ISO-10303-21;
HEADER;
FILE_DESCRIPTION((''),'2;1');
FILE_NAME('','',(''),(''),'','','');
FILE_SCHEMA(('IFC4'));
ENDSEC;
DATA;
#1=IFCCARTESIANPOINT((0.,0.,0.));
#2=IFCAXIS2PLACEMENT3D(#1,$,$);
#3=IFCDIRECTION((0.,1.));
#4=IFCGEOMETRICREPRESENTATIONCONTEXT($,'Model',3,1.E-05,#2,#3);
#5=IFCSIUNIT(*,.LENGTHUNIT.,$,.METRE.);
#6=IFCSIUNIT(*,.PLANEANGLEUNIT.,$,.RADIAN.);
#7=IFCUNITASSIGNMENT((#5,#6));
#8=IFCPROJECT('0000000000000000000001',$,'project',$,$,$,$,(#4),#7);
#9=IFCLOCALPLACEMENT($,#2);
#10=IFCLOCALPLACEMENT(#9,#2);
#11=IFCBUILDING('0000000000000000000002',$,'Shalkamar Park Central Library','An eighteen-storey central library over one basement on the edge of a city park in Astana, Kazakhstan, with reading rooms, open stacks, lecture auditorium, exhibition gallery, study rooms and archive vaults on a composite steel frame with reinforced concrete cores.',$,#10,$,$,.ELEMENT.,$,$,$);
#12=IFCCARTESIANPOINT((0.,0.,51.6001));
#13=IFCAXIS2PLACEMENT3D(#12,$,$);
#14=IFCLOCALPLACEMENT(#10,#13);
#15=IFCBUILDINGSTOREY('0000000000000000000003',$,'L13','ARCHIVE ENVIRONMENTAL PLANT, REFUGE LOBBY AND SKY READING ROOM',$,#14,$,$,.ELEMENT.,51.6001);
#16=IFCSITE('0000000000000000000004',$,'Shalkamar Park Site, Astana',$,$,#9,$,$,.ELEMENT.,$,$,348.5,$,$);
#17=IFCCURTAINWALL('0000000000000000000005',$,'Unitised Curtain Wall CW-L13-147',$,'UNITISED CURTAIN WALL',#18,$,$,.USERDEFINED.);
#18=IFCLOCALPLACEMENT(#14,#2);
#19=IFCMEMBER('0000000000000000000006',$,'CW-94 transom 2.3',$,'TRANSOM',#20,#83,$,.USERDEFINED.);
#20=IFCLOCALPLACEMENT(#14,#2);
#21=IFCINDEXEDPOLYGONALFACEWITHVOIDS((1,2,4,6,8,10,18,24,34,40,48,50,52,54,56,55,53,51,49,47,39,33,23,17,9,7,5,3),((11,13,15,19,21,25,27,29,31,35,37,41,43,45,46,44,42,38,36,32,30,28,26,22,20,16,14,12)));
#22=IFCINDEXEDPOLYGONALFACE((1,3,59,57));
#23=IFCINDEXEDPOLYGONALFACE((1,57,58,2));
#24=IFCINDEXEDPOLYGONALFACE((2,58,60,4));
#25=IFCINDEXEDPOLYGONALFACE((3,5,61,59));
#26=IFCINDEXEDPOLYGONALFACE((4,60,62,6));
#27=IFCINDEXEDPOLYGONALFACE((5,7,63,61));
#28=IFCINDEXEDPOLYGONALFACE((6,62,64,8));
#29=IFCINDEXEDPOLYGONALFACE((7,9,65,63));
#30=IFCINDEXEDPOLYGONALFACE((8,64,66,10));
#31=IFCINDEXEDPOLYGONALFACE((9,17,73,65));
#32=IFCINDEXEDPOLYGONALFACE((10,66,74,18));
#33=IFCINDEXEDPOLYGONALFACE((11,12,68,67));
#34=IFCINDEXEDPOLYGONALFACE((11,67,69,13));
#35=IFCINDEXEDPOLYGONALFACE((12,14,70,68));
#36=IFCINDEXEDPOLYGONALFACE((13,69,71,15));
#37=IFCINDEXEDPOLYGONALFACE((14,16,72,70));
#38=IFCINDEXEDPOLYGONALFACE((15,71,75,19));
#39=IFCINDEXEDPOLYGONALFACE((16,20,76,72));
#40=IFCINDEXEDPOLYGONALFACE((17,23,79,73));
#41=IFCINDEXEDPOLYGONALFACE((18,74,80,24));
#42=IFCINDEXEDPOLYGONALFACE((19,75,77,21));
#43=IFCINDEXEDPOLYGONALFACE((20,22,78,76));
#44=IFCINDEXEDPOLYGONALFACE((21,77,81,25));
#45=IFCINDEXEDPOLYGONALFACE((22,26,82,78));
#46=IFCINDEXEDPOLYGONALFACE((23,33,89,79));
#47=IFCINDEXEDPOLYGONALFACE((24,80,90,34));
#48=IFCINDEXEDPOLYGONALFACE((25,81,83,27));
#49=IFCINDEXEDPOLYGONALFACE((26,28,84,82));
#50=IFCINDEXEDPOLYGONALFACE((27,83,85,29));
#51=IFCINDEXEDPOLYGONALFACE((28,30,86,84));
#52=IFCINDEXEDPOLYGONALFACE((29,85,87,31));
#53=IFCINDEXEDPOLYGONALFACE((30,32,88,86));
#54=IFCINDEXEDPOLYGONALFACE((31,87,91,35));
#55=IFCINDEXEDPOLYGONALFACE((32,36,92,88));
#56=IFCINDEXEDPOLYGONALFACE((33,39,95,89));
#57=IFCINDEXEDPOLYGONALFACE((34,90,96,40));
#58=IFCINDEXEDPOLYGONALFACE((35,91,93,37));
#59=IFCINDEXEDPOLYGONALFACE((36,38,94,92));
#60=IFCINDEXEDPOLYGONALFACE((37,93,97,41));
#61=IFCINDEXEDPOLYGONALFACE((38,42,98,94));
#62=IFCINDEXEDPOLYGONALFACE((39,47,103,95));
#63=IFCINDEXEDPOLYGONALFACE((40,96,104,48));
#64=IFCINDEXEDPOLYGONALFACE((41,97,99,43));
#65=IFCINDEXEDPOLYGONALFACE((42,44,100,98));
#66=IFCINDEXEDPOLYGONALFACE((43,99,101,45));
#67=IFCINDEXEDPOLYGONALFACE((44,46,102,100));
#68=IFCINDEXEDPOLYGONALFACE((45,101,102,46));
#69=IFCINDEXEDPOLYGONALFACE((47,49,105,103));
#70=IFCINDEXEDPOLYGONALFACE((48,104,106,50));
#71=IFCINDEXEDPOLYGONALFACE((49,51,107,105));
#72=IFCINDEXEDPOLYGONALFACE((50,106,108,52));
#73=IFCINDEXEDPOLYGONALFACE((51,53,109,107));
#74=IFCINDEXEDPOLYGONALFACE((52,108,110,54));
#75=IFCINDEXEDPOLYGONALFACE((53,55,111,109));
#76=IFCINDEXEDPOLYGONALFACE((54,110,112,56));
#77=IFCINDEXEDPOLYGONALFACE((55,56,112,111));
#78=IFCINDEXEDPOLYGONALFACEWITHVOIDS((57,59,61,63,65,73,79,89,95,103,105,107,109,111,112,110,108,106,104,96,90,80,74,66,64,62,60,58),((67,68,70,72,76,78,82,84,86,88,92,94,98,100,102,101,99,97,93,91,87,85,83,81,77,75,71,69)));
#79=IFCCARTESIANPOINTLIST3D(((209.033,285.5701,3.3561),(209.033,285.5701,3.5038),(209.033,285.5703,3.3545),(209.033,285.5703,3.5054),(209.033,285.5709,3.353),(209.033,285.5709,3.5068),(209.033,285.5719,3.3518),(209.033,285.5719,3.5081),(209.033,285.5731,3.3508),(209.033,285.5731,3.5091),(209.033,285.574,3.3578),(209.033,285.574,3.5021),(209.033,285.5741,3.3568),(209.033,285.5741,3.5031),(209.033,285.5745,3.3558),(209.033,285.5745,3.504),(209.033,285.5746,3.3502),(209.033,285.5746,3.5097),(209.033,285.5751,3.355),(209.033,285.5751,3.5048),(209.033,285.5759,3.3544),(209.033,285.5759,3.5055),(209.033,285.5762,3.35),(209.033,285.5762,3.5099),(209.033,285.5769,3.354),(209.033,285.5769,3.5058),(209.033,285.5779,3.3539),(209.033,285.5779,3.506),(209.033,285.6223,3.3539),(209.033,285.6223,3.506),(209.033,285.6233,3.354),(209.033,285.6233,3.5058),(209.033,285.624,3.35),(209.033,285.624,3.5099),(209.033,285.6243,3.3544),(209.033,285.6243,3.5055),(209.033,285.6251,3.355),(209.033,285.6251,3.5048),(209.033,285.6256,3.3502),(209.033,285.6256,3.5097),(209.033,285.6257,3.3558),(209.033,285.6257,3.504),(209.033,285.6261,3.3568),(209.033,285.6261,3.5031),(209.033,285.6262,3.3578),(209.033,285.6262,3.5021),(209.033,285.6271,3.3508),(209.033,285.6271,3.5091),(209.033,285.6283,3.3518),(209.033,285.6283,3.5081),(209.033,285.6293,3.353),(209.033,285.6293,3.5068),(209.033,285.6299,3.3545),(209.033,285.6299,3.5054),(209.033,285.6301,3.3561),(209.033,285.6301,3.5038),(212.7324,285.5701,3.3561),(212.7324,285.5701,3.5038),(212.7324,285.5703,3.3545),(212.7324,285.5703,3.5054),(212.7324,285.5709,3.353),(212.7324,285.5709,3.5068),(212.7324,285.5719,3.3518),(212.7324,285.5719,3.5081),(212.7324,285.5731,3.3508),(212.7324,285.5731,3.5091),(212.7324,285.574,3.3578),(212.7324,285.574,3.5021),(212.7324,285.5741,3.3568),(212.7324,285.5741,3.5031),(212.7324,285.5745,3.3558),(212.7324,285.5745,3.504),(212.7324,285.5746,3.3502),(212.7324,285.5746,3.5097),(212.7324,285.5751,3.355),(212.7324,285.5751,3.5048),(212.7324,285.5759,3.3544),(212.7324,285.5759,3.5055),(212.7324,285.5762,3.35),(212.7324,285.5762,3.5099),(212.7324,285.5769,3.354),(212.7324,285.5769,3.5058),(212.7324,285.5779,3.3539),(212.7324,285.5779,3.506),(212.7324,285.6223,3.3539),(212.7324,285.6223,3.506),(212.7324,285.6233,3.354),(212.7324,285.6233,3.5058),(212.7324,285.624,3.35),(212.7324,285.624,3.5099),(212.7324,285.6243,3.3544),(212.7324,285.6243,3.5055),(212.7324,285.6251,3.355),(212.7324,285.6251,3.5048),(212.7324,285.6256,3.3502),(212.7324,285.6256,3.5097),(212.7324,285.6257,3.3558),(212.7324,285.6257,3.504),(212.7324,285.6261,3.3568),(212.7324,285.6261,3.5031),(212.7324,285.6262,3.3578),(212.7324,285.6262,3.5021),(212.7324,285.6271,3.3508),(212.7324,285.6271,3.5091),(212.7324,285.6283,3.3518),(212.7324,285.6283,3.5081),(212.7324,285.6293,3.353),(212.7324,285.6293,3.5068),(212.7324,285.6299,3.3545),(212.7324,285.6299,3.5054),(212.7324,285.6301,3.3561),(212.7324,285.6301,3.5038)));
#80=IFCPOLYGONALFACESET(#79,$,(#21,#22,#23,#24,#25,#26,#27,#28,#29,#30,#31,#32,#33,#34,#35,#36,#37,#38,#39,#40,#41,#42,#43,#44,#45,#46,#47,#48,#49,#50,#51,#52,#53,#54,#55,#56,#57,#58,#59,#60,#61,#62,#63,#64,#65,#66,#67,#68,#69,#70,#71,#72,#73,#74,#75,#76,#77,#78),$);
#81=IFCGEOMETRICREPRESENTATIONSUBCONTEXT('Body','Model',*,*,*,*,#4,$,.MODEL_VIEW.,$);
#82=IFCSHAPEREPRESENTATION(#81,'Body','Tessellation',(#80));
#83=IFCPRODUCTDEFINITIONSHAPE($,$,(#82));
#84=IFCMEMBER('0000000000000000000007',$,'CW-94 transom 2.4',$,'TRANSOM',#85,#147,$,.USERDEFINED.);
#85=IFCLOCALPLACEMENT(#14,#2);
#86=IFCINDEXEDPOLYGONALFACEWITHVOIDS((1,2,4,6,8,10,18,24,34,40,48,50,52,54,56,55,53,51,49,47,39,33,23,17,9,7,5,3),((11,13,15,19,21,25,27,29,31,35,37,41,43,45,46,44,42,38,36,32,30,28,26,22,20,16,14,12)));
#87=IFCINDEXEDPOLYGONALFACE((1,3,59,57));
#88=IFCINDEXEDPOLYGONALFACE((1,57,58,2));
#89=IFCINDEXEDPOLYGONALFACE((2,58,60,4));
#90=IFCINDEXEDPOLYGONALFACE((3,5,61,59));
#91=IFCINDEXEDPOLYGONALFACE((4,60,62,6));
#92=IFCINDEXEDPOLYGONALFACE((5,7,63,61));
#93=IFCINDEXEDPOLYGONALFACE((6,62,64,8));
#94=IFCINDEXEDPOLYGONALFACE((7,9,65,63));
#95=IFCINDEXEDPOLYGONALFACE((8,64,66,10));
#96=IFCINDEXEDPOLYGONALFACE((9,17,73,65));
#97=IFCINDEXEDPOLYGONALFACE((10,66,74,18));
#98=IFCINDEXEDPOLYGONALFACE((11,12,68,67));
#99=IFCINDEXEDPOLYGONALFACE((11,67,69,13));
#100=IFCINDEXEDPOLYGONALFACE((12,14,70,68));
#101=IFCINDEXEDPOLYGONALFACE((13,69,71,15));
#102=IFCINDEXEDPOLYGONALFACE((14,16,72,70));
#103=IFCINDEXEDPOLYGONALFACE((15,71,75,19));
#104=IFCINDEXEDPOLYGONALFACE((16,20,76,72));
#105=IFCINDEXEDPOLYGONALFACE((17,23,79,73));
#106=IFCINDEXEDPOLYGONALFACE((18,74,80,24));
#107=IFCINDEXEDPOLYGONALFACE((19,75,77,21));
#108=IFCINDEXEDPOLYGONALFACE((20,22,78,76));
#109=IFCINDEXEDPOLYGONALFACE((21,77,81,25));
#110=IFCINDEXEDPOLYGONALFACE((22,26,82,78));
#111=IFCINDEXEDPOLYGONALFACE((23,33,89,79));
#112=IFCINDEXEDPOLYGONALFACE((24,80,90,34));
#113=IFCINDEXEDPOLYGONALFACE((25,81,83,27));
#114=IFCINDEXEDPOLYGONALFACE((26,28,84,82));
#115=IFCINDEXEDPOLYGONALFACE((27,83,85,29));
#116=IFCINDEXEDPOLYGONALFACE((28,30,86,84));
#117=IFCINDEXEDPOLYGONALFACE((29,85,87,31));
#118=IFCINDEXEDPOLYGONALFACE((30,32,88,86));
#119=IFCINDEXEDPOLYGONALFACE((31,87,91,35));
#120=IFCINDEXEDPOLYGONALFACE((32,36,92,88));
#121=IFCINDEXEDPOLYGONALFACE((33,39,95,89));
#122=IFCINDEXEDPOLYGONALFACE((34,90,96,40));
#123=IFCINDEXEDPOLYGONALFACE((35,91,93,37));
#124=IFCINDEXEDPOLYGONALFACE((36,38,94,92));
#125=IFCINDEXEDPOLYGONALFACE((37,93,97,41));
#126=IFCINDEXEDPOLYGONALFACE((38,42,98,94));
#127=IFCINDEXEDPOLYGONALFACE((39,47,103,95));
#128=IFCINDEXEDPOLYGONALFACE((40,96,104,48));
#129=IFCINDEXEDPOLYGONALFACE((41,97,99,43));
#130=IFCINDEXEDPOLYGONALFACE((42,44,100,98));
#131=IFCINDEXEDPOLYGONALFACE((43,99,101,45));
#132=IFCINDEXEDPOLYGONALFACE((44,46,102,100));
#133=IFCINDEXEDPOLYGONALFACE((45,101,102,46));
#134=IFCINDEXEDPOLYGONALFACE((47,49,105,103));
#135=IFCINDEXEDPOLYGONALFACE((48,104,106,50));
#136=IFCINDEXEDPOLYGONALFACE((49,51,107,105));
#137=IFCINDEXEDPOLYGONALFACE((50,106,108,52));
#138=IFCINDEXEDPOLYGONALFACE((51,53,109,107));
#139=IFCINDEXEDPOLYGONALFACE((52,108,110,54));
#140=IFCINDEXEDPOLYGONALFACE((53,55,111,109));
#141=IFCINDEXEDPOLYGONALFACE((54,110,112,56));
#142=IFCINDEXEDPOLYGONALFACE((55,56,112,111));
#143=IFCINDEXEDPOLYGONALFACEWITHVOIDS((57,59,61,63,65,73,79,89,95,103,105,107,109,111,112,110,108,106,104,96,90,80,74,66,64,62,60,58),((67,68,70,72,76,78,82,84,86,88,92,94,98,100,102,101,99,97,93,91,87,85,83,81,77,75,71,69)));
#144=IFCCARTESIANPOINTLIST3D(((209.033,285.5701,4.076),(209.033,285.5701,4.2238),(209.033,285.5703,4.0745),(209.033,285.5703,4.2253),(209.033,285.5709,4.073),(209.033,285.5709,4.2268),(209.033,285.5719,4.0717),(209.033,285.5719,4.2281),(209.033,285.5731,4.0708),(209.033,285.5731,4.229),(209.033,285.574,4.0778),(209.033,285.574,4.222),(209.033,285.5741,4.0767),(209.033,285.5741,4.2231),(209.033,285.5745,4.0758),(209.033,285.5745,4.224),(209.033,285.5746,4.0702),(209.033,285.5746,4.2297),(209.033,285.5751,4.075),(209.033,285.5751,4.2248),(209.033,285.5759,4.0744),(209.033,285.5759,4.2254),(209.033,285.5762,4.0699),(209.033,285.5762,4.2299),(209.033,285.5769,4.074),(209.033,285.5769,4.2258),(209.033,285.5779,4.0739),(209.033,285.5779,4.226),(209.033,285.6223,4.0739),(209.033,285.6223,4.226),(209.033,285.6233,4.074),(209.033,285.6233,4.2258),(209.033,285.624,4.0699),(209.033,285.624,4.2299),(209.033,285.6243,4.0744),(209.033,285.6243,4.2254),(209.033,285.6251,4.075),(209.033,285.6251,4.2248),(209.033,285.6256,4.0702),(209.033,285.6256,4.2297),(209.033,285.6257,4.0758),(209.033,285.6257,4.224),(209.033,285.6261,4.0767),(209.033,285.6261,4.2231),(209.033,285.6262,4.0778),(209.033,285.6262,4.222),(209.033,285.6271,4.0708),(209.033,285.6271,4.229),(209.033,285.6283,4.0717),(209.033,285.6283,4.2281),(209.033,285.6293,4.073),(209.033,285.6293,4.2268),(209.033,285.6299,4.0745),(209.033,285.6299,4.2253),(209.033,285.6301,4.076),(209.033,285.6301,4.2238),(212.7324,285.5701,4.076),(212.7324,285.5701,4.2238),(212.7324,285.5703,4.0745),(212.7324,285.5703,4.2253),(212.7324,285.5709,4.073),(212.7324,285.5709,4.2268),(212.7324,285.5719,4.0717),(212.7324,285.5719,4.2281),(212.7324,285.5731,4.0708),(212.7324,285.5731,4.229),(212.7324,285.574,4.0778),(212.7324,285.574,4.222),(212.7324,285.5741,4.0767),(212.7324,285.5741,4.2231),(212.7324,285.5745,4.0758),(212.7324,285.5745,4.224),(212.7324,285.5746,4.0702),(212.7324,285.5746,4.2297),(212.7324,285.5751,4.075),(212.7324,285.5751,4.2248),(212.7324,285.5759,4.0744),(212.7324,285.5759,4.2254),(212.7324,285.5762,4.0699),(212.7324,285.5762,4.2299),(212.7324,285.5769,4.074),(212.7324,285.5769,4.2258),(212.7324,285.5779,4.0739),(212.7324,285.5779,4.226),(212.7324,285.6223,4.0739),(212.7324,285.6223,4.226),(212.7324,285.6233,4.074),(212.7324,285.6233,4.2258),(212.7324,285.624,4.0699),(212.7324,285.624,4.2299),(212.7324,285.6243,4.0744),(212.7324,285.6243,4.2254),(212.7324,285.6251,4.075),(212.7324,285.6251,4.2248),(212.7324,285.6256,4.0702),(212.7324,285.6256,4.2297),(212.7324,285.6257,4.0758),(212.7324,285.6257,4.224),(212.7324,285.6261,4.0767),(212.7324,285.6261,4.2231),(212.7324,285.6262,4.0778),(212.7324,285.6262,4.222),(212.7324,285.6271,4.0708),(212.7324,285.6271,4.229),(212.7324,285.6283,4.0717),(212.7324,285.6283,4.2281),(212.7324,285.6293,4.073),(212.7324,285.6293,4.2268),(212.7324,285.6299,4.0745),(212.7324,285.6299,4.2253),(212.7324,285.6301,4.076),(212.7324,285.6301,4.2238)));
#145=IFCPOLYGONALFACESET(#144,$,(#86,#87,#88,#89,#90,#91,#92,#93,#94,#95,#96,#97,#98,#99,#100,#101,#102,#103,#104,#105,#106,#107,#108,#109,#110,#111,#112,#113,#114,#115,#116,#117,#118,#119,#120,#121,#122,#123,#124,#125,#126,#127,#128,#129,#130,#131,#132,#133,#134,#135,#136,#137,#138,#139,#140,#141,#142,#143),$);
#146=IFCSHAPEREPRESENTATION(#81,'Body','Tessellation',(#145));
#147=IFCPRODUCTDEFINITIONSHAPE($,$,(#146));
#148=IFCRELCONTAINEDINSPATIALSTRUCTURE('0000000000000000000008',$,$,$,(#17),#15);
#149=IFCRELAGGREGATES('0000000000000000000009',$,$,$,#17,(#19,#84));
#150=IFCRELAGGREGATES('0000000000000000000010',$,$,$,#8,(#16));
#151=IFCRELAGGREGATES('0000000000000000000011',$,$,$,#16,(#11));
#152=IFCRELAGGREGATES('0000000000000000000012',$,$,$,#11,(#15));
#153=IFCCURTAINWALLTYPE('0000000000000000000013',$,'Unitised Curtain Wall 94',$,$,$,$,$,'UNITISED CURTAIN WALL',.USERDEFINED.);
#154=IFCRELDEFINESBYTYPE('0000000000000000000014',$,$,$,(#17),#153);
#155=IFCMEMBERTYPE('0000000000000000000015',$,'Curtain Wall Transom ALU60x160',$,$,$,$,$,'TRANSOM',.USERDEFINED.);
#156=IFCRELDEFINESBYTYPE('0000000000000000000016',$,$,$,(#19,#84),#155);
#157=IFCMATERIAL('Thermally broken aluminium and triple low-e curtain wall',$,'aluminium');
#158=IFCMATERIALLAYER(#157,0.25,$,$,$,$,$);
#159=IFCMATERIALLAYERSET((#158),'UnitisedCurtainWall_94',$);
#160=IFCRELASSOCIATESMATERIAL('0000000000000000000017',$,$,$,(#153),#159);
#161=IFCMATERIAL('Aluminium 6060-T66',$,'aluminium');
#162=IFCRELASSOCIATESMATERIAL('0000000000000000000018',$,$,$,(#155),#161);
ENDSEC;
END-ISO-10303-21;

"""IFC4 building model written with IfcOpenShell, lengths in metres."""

from ifc_helpers import new_model, si_unit, direction, frame, origin, origin_2d, place, context, subcontext, project, spatial, hollow_rectangle, extrude, material, layer, layer_set, material_profile, profile_set, type_object, element, aggregate, save


model = new_model("IFC4")

# Units and contexts
model_context = context("Model", 3, precision=1e-05, world=origin(), true_north=direction((0.0, 1.0)))
body_context = subcontext(model_context, "Body", "Model", "MODEL_VIEW")
ifc_project = project(units=[si_unit("LENGTHUNIT", "METRE"), si_unit("PLANEANGLEUNIT", "RADIAN")], contexts=[model_context])

# Site, building, storey
site_placement = place(None, origin())
site = spatial("IfcSite", under=ifc_project, at=site_placement, Name="Shalkamar Park Site, Astana", CompositionType="ELEMENT", RefElevation=348.5)
building_placement = place(site_placement, origin())
building = spatial("IfcBuilding", under=site, at=building_placement, Name="Shalkamar Park Central Library", Description="An eighteen-storey central library over one basement on the edge of a city park in Astana, Kazakhstan, with reading rooms, open stacks, lecture auditorium, exhibition gallery, study rooms and archive vaults on a composite steel frame with reinforced concrete cores.", CompositionType="ELEMENT")
storey_placement = place(building_placement, frame((0.0, 0.0, 51.6001)))
storey = spatial("IfcBuildingStorey", under=building, at=storey_placement, Name="L13", Description="ARCHIVE ENVIRONMENTAL PLANT, REFUGE LOBBY AND SKY READING ROOM", CompositionType="ELEMENT", Elevation=51.6001)

# Curtain wall
ifc_material_1 = material(Name="Thermally broken aluminium and triple low-e curtain wall", Category="aluminium")
ifc_layer_1 = layer(ifc_material_1, 0.25)
ifc_layer_set_1 = layer_set([ifc_layer_1], Name="UnitisedCurtainWall_94")
curtain_wall_type_1 = type_object("IfcCurtainWallType", Name="Unitised Curtain Wall 94", ElementType="UNITISED CURTAIN WALL", PredefinedType="USERDEFINED", material=ifc_layer_set_1)
curtain_wall_1_placement = place(storey_placement, origin())
curtain_wall_1 = element("IfcCurtainWall", 1, at=curtain_wall_1_placement, inside=storey, type_object=curtain_wall_type_1, Name="Unitised Curtain Wall CW-L13-147", ObjectType="UNITISED CURTAIN WALL", PredefinedType="USERDEFINED")
ifc_material_2 = material(Name="Aluminium 6060-T66", Category="aluminium")

# Members
ifc_material_profile_1 = material_profile(ifc_material_2, hollow_rectangle(XDim=0.0601, YDim=0.1599, WallThickness=0.0039, InnerFilletRadius=0.0039, OuterFilletRadius=0.0061, at=origin_2d()), Name="ALU 60x160x4")
ifc_profile_set_1 = profile_set([ifc_material_profile_1], Name="Aluminium 6060-T66")
member_type_1 = type_object("IfcMemberType", Name="Curtain Wall Transom ALU60x160", ElementType="TRANSOM", PredefinedType="USERDEFINED", material=ifc_profile_set_1)
member_1_placement = place(storey_placement, frame((209.033, 285.6001, 3.4299), z_axis=(1.0, 0.0, 0.0), x_axis=(0.0, 1.0, 0.0)))
member_1 = element("IfcMember", 2, at=member_1_placement, type_object=member_type_1, Name="CW-94 transom 2.3", ObjectType="TRANSOM", PredefinedType="USERDEFINED", context=body_context, shape_type="SweptSolid", body=[
    extrude(hollow_rectangle(XDim=0.0601, YDim=0.1599, WallThickness=0.0039, InnerFilletRadius=0.0039, OuterFilletRadius=0.0061, at=origin_2d()), origin(), (0.0, 0.0, 1.0), 3.6995),
])
member_2_placement = place(storey_placement, frame((209.033, 285.6001, 4.1499), z_axis=(1.0, 0.0, 0.0), x_axis=(0.0, 1.0, 0.0)))
member_2 = element("IfcMember", 3, at=member_2_placement, type_object=member_type_1, Name="CW-94 transom 2.4", ObjectType="TRANSOM", PredefinedType="USERDEFINED", context=body_context, shape_type="SweptSolid", body=[
    extrude(hollow_rectangle(XDim=0.0601, YDim=0.1599, WallThickness=0.0039, InnerFilletRadius=0.0039, OuterFilletRadius=0.0061, at=origin_2d()), origin(), (0.0, 0.0, 1.0), 3.6995),
])

aggregate(curtain_wall_1, [member_1, member_2])

save(model, "model.ifc")
